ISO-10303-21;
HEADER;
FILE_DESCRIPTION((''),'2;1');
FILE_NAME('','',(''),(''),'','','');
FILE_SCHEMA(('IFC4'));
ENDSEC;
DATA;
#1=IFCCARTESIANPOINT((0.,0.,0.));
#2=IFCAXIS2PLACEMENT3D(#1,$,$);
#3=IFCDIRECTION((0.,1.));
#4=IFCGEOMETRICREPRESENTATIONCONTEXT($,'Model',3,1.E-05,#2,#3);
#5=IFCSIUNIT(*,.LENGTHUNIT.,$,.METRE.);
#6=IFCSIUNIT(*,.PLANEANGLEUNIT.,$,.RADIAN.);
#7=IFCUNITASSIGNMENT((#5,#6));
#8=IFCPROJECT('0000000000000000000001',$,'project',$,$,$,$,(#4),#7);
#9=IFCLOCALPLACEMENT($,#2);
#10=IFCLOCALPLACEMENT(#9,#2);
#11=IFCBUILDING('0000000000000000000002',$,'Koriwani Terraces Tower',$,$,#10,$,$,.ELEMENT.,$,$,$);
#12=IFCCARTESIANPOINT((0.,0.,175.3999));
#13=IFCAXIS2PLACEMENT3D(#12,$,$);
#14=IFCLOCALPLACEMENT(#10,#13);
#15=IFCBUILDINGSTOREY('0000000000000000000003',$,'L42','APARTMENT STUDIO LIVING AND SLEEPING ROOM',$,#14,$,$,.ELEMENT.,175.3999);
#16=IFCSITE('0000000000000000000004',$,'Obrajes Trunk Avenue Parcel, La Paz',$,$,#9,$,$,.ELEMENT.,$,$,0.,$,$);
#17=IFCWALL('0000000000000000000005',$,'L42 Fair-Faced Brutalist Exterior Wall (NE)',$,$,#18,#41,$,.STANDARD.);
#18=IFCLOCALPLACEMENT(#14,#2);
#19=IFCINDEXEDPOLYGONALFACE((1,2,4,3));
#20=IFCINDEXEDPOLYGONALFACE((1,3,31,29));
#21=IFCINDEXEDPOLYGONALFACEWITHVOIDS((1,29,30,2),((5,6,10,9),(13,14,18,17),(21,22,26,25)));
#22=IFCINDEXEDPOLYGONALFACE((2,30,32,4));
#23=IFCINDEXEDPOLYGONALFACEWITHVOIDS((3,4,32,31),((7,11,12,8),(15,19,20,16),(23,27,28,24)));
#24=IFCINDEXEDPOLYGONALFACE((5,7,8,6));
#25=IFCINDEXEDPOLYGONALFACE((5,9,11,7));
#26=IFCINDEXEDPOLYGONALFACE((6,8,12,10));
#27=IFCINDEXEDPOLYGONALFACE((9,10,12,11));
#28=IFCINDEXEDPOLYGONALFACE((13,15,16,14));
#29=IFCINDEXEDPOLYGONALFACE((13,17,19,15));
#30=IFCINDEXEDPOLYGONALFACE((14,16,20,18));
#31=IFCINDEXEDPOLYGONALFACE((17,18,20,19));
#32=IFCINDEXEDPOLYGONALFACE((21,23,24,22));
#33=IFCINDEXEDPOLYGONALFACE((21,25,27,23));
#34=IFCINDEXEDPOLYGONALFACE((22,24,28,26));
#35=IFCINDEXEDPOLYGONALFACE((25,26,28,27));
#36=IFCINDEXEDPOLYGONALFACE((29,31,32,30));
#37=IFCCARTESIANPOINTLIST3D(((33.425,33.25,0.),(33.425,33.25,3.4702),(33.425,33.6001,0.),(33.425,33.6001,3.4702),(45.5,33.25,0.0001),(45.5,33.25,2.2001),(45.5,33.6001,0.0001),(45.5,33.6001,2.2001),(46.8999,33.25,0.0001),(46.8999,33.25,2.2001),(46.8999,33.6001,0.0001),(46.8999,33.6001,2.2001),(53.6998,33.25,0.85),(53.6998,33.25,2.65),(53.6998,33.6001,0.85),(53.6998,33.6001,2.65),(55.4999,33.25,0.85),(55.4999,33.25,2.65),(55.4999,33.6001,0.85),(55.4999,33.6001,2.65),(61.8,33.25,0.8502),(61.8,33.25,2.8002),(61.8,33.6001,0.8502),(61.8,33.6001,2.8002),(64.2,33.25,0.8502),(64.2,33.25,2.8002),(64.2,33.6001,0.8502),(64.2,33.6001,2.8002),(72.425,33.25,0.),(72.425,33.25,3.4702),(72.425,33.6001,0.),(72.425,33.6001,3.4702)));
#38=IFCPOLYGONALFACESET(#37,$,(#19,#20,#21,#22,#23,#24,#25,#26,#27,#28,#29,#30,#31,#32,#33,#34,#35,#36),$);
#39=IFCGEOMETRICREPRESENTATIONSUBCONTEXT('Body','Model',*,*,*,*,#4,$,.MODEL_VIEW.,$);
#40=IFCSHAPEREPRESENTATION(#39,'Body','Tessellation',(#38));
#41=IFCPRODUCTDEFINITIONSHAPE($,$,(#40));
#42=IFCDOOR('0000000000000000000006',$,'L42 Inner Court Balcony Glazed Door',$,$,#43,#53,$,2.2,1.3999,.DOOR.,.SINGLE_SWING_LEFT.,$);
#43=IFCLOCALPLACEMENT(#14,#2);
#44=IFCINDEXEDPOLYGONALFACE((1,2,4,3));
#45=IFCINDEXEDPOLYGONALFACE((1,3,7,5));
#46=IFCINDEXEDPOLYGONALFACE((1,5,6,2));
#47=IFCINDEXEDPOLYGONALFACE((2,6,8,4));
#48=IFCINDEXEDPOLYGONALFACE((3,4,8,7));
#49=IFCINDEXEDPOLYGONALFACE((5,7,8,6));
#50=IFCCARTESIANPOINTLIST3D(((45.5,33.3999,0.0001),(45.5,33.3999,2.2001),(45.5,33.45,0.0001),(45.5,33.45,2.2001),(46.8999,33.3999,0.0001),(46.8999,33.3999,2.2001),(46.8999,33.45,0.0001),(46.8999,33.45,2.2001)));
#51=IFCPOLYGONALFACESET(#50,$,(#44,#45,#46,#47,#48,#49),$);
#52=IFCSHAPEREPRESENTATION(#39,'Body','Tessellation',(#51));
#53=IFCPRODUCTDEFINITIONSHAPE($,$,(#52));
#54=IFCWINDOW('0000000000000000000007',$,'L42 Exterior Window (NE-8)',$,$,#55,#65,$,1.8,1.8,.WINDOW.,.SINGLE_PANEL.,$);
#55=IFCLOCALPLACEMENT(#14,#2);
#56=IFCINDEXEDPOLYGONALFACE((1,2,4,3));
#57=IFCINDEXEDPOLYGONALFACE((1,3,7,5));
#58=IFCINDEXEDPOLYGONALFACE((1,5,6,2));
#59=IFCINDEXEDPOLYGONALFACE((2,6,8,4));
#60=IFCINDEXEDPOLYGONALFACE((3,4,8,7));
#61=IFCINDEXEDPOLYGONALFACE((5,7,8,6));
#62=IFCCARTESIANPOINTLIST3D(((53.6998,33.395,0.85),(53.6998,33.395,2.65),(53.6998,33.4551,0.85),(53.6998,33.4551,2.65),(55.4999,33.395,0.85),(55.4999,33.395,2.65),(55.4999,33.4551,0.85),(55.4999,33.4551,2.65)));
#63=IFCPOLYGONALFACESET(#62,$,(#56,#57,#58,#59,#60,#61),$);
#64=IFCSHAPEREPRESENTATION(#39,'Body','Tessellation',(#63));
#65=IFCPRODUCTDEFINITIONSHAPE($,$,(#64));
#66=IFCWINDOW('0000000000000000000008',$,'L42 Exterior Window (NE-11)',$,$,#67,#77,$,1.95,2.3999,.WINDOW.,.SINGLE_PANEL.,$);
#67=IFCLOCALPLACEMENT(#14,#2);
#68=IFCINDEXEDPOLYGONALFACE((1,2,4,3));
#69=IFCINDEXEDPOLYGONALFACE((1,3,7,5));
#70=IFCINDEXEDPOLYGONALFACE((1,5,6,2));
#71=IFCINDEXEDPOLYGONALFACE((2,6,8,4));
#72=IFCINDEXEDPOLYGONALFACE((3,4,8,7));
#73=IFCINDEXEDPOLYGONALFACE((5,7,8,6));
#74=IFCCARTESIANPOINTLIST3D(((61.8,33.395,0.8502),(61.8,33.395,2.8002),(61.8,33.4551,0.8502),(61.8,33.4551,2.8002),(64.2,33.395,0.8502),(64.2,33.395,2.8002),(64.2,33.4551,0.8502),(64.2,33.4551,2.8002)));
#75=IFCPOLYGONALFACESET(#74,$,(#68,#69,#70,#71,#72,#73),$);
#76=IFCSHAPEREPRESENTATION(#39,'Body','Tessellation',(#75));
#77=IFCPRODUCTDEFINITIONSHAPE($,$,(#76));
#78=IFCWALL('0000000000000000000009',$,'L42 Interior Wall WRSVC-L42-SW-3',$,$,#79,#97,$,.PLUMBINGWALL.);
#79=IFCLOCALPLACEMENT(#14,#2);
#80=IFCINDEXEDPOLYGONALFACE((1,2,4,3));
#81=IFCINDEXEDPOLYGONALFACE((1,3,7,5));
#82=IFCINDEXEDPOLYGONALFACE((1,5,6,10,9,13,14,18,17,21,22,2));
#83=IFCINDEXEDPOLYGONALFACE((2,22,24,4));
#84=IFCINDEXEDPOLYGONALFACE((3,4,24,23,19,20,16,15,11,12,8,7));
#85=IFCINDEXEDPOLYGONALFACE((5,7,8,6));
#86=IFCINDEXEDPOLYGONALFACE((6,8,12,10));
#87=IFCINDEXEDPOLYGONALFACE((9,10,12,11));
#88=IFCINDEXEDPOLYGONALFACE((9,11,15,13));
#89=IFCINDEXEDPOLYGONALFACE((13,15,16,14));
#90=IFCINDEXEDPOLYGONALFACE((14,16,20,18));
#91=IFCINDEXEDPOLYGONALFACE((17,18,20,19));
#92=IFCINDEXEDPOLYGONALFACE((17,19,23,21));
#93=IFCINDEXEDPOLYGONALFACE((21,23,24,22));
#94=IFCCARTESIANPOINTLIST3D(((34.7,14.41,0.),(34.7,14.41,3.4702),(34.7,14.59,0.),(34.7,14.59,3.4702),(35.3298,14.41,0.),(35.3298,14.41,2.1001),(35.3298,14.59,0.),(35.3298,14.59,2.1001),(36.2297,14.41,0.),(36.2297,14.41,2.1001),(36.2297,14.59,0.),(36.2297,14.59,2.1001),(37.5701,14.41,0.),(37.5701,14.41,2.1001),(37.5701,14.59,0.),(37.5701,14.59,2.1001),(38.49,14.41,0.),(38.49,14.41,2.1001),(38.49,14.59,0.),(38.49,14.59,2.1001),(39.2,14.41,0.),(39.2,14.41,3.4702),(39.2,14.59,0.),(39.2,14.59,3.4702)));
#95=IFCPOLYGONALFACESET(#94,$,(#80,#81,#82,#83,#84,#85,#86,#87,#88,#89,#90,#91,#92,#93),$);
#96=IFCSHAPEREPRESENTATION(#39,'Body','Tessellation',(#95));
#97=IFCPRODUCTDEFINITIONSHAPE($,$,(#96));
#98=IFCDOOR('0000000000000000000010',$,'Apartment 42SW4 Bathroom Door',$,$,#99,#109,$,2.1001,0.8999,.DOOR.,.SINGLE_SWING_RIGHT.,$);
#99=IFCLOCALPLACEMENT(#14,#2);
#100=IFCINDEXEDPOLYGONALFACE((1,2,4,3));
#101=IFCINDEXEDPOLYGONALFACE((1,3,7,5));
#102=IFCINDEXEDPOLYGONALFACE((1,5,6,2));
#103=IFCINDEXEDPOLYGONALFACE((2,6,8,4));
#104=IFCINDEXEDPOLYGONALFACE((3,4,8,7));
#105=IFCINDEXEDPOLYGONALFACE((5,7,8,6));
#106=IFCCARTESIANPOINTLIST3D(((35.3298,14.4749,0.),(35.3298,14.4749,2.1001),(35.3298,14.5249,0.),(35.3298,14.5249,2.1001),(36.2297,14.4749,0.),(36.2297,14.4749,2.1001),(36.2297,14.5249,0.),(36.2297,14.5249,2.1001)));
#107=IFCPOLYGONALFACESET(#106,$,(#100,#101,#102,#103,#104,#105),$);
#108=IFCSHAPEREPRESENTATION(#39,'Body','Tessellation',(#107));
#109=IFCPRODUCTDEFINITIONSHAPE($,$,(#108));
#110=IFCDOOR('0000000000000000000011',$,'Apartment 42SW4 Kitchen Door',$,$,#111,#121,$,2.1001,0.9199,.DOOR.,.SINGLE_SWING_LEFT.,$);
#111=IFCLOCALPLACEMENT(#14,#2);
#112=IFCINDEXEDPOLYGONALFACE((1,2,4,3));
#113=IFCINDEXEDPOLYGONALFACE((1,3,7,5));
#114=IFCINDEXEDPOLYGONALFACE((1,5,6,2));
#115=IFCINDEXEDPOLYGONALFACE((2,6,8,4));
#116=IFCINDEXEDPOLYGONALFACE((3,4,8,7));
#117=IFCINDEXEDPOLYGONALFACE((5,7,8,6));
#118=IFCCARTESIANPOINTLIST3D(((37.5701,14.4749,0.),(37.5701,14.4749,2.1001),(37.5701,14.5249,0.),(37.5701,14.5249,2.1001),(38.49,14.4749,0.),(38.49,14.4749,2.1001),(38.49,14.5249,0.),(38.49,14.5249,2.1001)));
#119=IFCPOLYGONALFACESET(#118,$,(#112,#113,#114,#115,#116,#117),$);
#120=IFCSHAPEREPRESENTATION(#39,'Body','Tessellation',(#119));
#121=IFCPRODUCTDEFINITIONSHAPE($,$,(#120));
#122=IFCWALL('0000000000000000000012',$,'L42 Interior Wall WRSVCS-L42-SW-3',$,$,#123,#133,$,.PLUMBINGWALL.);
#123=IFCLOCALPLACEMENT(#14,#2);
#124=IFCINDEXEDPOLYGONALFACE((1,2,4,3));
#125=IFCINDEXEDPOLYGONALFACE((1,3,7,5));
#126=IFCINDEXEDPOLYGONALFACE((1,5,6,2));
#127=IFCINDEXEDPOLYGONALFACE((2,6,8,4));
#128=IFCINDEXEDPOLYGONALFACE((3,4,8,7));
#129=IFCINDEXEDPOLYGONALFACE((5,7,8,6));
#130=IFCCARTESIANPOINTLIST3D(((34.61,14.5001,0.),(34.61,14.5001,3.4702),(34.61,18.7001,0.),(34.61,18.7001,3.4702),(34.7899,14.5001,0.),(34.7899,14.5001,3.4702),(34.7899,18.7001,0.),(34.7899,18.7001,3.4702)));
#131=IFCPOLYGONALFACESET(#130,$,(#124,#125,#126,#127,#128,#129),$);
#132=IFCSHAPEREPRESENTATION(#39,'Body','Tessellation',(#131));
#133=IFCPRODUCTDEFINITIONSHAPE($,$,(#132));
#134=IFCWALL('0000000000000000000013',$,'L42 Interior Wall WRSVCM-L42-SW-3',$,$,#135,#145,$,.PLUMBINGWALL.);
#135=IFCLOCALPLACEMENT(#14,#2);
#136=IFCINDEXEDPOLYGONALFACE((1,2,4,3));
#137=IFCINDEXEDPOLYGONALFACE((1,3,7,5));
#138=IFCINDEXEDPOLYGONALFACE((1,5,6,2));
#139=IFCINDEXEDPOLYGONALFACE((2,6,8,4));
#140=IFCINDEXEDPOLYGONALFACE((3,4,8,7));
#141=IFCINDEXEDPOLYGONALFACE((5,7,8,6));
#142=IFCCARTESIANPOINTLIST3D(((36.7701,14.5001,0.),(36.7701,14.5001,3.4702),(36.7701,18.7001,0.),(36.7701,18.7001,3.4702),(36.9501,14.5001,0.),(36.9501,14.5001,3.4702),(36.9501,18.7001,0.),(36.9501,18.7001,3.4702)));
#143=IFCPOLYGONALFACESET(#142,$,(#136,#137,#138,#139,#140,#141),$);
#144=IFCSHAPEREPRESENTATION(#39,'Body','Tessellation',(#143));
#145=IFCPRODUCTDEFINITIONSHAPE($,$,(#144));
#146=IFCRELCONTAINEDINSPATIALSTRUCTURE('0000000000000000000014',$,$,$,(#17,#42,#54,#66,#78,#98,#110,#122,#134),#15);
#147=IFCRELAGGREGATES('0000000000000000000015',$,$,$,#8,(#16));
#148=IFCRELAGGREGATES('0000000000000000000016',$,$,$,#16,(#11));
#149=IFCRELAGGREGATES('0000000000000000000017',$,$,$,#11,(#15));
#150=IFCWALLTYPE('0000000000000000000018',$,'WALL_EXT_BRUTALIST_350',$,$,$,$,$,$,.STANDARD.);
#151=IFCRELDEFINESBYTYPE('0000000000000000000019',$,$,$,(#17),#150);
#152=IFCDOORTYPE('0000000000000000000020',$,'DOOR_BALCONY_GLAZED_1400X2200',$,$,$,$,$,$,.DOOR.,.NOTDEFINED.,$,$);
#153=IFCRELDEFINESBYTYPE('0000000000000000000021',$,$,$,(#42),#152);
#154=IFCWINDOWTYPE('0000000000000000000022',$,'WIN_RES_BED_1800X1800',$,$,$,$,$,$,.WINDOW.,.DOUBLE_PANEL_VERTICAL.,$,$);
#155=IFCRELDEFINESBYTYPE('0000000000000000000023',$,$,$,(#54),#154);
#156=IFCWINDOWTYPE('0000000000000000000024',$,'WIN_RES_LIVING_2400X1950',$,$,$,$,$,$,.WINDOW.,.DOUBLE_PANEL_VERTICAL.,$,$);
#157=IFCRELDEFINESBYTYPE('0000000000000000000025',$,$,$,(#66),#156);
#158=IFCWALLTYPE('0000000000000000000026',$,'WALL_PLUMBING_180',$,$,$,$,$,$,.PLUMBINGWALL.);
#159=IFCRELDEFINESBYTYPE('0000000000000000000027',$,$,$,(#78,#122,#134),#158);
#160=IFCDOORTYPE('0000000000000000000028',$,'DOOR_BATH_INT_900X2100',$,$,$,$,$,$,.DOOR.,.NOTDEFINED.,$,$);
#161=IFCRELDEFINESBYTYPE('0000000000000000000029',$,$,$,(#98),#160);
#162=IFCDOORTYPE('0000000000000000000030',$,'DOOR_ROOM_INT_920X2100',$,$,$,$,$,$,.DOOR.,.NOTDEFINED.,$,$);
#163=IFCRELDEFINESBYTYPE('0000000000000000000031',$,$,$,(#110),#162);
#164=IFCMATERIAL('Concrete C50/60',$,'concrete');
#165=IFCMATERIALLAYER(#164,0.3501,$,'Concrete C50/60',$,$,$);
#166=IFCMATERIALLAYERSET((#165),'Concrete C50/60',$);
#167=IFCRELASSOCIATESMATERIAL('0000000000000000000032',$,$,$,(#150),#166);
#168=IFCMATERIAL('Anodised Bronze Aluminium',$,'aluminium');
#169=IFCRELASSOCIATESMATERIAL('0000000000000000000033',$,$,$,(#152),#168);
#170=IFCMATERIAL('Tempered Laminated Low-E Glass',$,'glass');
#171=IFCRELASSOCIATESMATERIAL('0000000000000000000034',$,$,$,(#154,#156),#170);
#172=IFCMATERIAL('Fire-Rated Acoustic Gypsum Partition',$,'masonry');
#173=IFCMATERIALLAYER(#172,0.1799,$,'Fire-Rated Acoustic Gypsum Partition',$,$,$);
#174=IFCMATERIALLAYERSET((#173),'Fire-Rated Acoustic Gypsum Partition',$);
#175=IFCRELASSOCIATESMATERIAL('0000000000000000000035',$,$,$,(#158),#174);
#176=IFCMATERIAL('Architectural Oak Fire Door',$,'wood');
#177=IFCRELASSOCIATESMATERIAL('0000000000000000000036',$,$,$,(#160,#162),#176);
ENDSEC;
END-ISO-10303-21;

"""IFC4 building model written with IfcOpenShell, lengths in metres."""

from ifc_helpers import new_model, si_unit, direction, frame, frame_2d, origin, place, context, subcontext, project, spatial, rectangle, extrude, material, layer, layer_set, type_object, element, fill, save


model = new_model("IFC4")

# Units and contexts
model_context = context("Model", 3, precision=1e-05, world=origin(), true_north=direction((0.0, 1.0)))
body_context = subcontext(model_context, "Body", "Model", "MODEL_VIEW")
ifc_project = project(units=[si_unit("LENGTHUNIT", "METRE"), si_unit("PLANEANGLEUNIT", "RADIAN")], contexts=[model_context])

# Site, building, storey
site_placement = place(None, origin())
site = spatial("IfcSite", under=ifc_project, at=site_placement, Name="Obrajes Trunk Avenue Parcel, La Paz", CompositionType="ELEMENT", RefElevation=0.0)
building_placement = place(site_placement, origin())
building = spatial("IfcBuilding", under=site, at=building_placement, Name="Koriwani Terraces Tower", CompositionType="ELEMENT")
storey_placement = place(building_placement, frame((0.0, 0.0, 175.3999)))
storey = spatial("IfcBuildingStorey", under=building, at=storey_placement, Name="L42", Description="APARTMENT STUDIO LIVING AND SLEEPING ROOM", CompositionType="ELEMENT", Elevation=175.3999)

# Shared definitions
ifc_material_1 = material(Name="Concrete C50/60", Category="concrete")

# Wall, openings, door, windows
ifc_layer_1 = layer(ifc_material_1, 0.3501, Name="Concrete C50/60")
ifc_layer_set_1 = layer_set([ifc_layer_1], Name="Concrete C50/60")
wall_type_1 = type_object("IfcWallType", Name="WALL_EXT_BRUTALIST_350", PredefinedType="STANDARD", material=ifc_layer_set_1)
wall_1_placement = place(storey_placement, frame((33.425, 33.425, 0.0), z_axis=(0.0, 0.0, 1.0), x_axis=(1.0, 0.0, 0.0)))
wall_1 = element("IfcWall", 1, at=wall_1_placement, inside=storey, type_object=wall_type_1, Name="L42 Fair-Faced Brutalist Exterior Wall (NE)", PredefinedType="STANDARD", context=body_context, shape_type="SweptSolid", body=[
    extrude(rectangle(XDim=39.0, YDim=0.3501, at=frame_2d((19.5, 0.0))), origin(), (0.0, 0.0, 1.0), 3.4702),
])
opening_1_placement = place(wall_1_placement, frame((12.075, 0.0, 0.0)))
opening_1 = element("IfcOpeningElement", 2, at=opening_1_placement, cuts=wall_1, PredefinedType="OPENING", context=body_context, shape_type="SweptSolid", body=[
    extrude(rectangle(XDim=1.3999, YDim=2.2, at=frame_2d((0.7, 1.1001))), frame((0.0, 0.1851, 0.0), z_axis=(0.0, -1.0, 0.0), x_axis=(1.0, 0.0, 0.0)), (0.0, 0.0, 1.0), 0.3701),
])
opening_2_placement = place(wall_1_placement, frame((20.2749, 0.0, 0.8501)))
opening_2 = element("IfcOpeningElement", 3, at=opening_2_placement, cuts=wall_1, PredefinedType="OPENING", context=body_context, shape_type="SweptSolid", body=[
    extrude(rectangle(XDim=1.8, YDim=1.8, at=frame_2d((0.8999, 0.8999))), frame((0.0, 0.1851, 0.0), z_axis=(0.0, -1.0, 0.0), x_axis=(1.0, 0.0, 0.0)), (0.0, 0.0, 1.0), 0.3701),
])
opening_3_placement = place(wall_1_placement, frame((28.375, 0.0, 0.8501)))
opening_3 = element("IfcOpeningElement", 4, at=opening_3_placement, cuts=wall_1, PredefinedType="OPENING", context=body_context, shape_type="SweptSolid", body=[
    extrude(rectangle(XDim=2.3999, YDim=1.95, at=frame_2d((1.2, 0.9751))), frame((0.0, 0.1851, 0.0), z_axis=(0.0, -1.0, 0.0), x_axis=(1.0, 0.0, 0.0)), (0.0, 0.0, 1.0), 0.3701),
])
ifc_material_2 = material(Name="Anodised Bronze Aluminium", Category="aluminium")
door_type_1 = type_object("IfcDoorType", Name="DOOR_BALCONY_GLAZED_1400X2200", OperationType="NOTDEFINED", PredefinedType="DOOR", material=ifc_material_2)
door_1_placement = place(opening_1_placement, origin())
door_1 = element("IfcDoor", 5, at=door_1_placement, inside=storey, type_object=door_type_1, Name="L42 Inner Court Balcony Glazed Door", OperationType="SINGLE_SWING_LEFT", OverallHeight=2.2, OverallWidth=1.3999, PredefinedType="DOOR", context=body_context, shape_type="SweptSolid", body=[
    extrude(rectangle(XDim=1.3999, YDim=2.2, at=frame_2d((0.7, 1.1001))), frame((0.0, 0.0249, 0.0), z_axis=(0.0, -1.0, 0.0), x_axis=(1.0, 0.0, 0.0)), (0.0, 0.0, 1.0), 0.05),
])
fill(opening_1, door_1)
ifc_material_3 = material(Name="Tempered Laminated Low-E Glass", Category="glass")
window_type_1 = type_object("IfcWindowType", Name="WIN_RES_BED_1800X1800", PartitioningType="DOUBLE_PANEL_VERTICAL", PredefinedType="WINDOW", material=ifc_material_3)
window_1_placement = place(opening_2_placement, origin())
window_1 = element("IfcWindow", 6, at=window_1_placement, inside=storey, type_object=window_type_1, Name="L42 Exterior Window (NE-8)", OverallHeight=1.8, OverallWidth=1.8, PartitioningType="SINGLE_PANEL", PredefinedType="WINDOW", context=body_context, shape_type="SweptSolid", body=[
    extrude(rectangle(XDim=1.8, YDim=1.8, at=frame_2d((0.8999, 0.8999))), frame((0.0, 0.03, 0.0), z_axis=(0.0, -1.0, 0.0), x_axis=(1.0, 0.0, 0.0)), (0.0, 0.0, 1.0), 0.0601),
])
fill(opening_2, window_1)
window_type_2 = type_object("IfcWindowType", Name="WIN_RES_LIVING_2400X1950", PartitioningType="DOUBLE_PANEL_VERTICAL", PredefinedType="WINDOW", material=ifc_material_3)
window_2_placement = place(opening_3_placement, origin())
window_2 = element("IfcWindow", 7, at=window_2_placement, inside=storey, type_object=window_type_2, Name="L42 Exterior Window (NE-11)", OverallHeight=1.95, OverallWidth=2.3999, PartitioningType="SINGLE_PANEL", PredefinedType="WINDOW", context=body_context, shape_type="SweptSolid", body=[
    extrude(rectangle(XDim=2.3999, YDim=1.95, at=frame_2d((1.2, 0.9751))), frame((0.0, 0.03, 0.0), z_axis=(0.0, -1.0, 0.0), x_axis=(1.0, 0.0, 0.0)), (0.0, 0.0, 1.0), 0.0601),
])
fill(opening_3, window_2)

# Wall, openings, doors
ifc_material_4 = material(Name="Fire-Rated Acoustic Gypsum Partition", Category="masonry")
ifc_layer_2 = layer(ifc_material_4, 0.1799, Name="Fire-Rated Acoustic Gypsum Partition")
ifc_layer_set_2 = layer_set([ifc_layer_2], Name="Fire-Rated Acoustic Gypsum Partition")
wall_type_2 = type_object("IfcWallType", Name="WALL_PLUMBING_180", PredefinedType="PLUMBINGWALL", material=ifc_layer_set_2)
wall_2_placement = place(storey_placement, frame((34.7, 14.5, 0.0), z_axis=(0.0, 0.0, 1.0), x_axis=(1.0, 0.0, 0.0)))
wall_2 = element("IfcWall", 8, at=wall_2_placement, inside=storey, type_object=wall_type_2, Name="L42 Interior Wall WRSVC-L42-SW-3", PredefinedType="PLUMBINGWALL", context=body_context, shape_type="SweptSolid", body=[
    extrude(rectangle(XDim=4.5, YDim=0.1799, at=frame_2d((2.25, 0.0))), origin(), (0.0, 0.0, 1.0), 3.4702),
])
opening_4_placement = place(wall_2_placement, frame((0.6299, 0.0, 0.0)))
opening_4 = element("IfcOpeningElement", 9, at=opening_4_placement, cuts=wall_2, PredefinedType="OPENING", context=body_context, shape_type="SweptSolid", body=[
    extrude(rectangle(XDim=0.8999, YDim=2.1001, at=frame_2d((0.45, 1.05))), frame((0.0, 0.1001, 0.0), z_axis=(0.0, -1.0, 0.0), x_axis=(1.0, 0.0, 0.0)), (0.0, 0.0, 1.0), 0.2),
])
opening_5_placement = place(wall_2_placement, frame((2.8701, 0.0, 0.0)))
opening_5 = element("IfcOpeningElement", 10, at=opening_5_placement, cuts=wall_2, PredefinedType="OPENING", context=body_context, shape_type="SweptSolid", body=[
    extrude(rectangle(XDim=0.9199, YDim=2.1001, at=frame_2d((0.46, 1.05))), frame((0.0, 0.1001, 0.0), z_axis=(0.0, -1.0, 0.0), x_axis=(1.0, 0.0, 0.0)), (0.0, 0.0, 1.0), 0.2),
])
ifc_material_5 = material(Name="Architectural Oak Fire Door", Category="wood")
door_type_2 = type_object("IfcDoorType", Name="DOOR_BATH_INT_900X2100", OperationType="NOTDEFINED", PredefinedType="DOOR", material=ifc_material_5)
door_2_placement = place(opening_4_placement, origin())
door_2 = element("IfcDoor", 11, at=door_2_placement, inside=storey, type_object=door_type_2, Name="Apartment 42SW4 Bathroom Door", OperationType="SINGLE_SWING_RIGHT", OverallHeight=2.1001, OverallWidth=0.8999, PredefinedType="DOOR", context=body_context, shape_type="SweptSolid", body=[
    extrude(rectangle(XDim=0.8999, YDim=2.1001, at=frame_2d((0.45, 1.05))), frame((0.0, 0.0249, 0.0), z_axis=(0.0, -1.0, 0.0), x_axis=(1.0, 0.0, 0.0)), (0.0, 0.0, 1.0), 0.05),
])
fill(opening_4, door_2)
door_type_3 = type_object("IfcDoorType", Name="DOOR_ROOM_INT_920X2100", OperationType="NOTDEFINED", PredefinedType="DOOR", material=ifc_material_5)
door_3_placement = place(opening_5_placement, origin())
door_3 = element("IfcDoor", 12, at=door_3_placement, inside=storey, type_object=door_type_3, Name="Apartment 42SW4 Kitchen Door", OperationType="SINGLE_SWING_LEFT", OverallHeight=2.1001, OverallWidth=0.9199, PredefinedType="DOOR", context=body_context, shape_type="SweptSolid", body=[
    extrude(rectangle(XDim=0.9199, YDim=2.1001, at=frame_2d((0.46, 1.05))), frame((0.0, 0.0249, 0.0), z_axis=(0.0, -1.0, 0.0), x_axis=(1.0, 0.0, 0.0)), (0.0, 0.0, 1.0), 0.05),
])
fill(opening_5, door_3)

# Walls
for number, where, z_axis, x_axis, name in (
    (13, (34.7, 14.5, 0.0), (0.0, 0.0, 1.0), (0.0, 1.0, 0.0), "L42 Interior Wall WRSVCS-L42-SW-3"),
    (14, (36.8601, 14.5, 0.0), (0.0, 0.0, 1.0), (0.0, 1.0, 0.0), "L42 Interior Wall WRSVCM-L42-SW-3"),
):
    element("IfcWall", number, at=place(storey_placement, frame(where, z_axis=z_axis, x_axis=x_axis)), inside=storey, type_object=wall_type_2, Name=name, PredefinedType="PLUMBINGWALL", context=body_context, shape_type="SweptSolid", body=[
        extrude(rectangle(XDim=4.2, YDim=0.1799, at=frame_2d((2.1001, 0.0))), origin(), (0.0, 0.0, 1.0), 3.4702),
    ])

save(model, "model.ifc")
